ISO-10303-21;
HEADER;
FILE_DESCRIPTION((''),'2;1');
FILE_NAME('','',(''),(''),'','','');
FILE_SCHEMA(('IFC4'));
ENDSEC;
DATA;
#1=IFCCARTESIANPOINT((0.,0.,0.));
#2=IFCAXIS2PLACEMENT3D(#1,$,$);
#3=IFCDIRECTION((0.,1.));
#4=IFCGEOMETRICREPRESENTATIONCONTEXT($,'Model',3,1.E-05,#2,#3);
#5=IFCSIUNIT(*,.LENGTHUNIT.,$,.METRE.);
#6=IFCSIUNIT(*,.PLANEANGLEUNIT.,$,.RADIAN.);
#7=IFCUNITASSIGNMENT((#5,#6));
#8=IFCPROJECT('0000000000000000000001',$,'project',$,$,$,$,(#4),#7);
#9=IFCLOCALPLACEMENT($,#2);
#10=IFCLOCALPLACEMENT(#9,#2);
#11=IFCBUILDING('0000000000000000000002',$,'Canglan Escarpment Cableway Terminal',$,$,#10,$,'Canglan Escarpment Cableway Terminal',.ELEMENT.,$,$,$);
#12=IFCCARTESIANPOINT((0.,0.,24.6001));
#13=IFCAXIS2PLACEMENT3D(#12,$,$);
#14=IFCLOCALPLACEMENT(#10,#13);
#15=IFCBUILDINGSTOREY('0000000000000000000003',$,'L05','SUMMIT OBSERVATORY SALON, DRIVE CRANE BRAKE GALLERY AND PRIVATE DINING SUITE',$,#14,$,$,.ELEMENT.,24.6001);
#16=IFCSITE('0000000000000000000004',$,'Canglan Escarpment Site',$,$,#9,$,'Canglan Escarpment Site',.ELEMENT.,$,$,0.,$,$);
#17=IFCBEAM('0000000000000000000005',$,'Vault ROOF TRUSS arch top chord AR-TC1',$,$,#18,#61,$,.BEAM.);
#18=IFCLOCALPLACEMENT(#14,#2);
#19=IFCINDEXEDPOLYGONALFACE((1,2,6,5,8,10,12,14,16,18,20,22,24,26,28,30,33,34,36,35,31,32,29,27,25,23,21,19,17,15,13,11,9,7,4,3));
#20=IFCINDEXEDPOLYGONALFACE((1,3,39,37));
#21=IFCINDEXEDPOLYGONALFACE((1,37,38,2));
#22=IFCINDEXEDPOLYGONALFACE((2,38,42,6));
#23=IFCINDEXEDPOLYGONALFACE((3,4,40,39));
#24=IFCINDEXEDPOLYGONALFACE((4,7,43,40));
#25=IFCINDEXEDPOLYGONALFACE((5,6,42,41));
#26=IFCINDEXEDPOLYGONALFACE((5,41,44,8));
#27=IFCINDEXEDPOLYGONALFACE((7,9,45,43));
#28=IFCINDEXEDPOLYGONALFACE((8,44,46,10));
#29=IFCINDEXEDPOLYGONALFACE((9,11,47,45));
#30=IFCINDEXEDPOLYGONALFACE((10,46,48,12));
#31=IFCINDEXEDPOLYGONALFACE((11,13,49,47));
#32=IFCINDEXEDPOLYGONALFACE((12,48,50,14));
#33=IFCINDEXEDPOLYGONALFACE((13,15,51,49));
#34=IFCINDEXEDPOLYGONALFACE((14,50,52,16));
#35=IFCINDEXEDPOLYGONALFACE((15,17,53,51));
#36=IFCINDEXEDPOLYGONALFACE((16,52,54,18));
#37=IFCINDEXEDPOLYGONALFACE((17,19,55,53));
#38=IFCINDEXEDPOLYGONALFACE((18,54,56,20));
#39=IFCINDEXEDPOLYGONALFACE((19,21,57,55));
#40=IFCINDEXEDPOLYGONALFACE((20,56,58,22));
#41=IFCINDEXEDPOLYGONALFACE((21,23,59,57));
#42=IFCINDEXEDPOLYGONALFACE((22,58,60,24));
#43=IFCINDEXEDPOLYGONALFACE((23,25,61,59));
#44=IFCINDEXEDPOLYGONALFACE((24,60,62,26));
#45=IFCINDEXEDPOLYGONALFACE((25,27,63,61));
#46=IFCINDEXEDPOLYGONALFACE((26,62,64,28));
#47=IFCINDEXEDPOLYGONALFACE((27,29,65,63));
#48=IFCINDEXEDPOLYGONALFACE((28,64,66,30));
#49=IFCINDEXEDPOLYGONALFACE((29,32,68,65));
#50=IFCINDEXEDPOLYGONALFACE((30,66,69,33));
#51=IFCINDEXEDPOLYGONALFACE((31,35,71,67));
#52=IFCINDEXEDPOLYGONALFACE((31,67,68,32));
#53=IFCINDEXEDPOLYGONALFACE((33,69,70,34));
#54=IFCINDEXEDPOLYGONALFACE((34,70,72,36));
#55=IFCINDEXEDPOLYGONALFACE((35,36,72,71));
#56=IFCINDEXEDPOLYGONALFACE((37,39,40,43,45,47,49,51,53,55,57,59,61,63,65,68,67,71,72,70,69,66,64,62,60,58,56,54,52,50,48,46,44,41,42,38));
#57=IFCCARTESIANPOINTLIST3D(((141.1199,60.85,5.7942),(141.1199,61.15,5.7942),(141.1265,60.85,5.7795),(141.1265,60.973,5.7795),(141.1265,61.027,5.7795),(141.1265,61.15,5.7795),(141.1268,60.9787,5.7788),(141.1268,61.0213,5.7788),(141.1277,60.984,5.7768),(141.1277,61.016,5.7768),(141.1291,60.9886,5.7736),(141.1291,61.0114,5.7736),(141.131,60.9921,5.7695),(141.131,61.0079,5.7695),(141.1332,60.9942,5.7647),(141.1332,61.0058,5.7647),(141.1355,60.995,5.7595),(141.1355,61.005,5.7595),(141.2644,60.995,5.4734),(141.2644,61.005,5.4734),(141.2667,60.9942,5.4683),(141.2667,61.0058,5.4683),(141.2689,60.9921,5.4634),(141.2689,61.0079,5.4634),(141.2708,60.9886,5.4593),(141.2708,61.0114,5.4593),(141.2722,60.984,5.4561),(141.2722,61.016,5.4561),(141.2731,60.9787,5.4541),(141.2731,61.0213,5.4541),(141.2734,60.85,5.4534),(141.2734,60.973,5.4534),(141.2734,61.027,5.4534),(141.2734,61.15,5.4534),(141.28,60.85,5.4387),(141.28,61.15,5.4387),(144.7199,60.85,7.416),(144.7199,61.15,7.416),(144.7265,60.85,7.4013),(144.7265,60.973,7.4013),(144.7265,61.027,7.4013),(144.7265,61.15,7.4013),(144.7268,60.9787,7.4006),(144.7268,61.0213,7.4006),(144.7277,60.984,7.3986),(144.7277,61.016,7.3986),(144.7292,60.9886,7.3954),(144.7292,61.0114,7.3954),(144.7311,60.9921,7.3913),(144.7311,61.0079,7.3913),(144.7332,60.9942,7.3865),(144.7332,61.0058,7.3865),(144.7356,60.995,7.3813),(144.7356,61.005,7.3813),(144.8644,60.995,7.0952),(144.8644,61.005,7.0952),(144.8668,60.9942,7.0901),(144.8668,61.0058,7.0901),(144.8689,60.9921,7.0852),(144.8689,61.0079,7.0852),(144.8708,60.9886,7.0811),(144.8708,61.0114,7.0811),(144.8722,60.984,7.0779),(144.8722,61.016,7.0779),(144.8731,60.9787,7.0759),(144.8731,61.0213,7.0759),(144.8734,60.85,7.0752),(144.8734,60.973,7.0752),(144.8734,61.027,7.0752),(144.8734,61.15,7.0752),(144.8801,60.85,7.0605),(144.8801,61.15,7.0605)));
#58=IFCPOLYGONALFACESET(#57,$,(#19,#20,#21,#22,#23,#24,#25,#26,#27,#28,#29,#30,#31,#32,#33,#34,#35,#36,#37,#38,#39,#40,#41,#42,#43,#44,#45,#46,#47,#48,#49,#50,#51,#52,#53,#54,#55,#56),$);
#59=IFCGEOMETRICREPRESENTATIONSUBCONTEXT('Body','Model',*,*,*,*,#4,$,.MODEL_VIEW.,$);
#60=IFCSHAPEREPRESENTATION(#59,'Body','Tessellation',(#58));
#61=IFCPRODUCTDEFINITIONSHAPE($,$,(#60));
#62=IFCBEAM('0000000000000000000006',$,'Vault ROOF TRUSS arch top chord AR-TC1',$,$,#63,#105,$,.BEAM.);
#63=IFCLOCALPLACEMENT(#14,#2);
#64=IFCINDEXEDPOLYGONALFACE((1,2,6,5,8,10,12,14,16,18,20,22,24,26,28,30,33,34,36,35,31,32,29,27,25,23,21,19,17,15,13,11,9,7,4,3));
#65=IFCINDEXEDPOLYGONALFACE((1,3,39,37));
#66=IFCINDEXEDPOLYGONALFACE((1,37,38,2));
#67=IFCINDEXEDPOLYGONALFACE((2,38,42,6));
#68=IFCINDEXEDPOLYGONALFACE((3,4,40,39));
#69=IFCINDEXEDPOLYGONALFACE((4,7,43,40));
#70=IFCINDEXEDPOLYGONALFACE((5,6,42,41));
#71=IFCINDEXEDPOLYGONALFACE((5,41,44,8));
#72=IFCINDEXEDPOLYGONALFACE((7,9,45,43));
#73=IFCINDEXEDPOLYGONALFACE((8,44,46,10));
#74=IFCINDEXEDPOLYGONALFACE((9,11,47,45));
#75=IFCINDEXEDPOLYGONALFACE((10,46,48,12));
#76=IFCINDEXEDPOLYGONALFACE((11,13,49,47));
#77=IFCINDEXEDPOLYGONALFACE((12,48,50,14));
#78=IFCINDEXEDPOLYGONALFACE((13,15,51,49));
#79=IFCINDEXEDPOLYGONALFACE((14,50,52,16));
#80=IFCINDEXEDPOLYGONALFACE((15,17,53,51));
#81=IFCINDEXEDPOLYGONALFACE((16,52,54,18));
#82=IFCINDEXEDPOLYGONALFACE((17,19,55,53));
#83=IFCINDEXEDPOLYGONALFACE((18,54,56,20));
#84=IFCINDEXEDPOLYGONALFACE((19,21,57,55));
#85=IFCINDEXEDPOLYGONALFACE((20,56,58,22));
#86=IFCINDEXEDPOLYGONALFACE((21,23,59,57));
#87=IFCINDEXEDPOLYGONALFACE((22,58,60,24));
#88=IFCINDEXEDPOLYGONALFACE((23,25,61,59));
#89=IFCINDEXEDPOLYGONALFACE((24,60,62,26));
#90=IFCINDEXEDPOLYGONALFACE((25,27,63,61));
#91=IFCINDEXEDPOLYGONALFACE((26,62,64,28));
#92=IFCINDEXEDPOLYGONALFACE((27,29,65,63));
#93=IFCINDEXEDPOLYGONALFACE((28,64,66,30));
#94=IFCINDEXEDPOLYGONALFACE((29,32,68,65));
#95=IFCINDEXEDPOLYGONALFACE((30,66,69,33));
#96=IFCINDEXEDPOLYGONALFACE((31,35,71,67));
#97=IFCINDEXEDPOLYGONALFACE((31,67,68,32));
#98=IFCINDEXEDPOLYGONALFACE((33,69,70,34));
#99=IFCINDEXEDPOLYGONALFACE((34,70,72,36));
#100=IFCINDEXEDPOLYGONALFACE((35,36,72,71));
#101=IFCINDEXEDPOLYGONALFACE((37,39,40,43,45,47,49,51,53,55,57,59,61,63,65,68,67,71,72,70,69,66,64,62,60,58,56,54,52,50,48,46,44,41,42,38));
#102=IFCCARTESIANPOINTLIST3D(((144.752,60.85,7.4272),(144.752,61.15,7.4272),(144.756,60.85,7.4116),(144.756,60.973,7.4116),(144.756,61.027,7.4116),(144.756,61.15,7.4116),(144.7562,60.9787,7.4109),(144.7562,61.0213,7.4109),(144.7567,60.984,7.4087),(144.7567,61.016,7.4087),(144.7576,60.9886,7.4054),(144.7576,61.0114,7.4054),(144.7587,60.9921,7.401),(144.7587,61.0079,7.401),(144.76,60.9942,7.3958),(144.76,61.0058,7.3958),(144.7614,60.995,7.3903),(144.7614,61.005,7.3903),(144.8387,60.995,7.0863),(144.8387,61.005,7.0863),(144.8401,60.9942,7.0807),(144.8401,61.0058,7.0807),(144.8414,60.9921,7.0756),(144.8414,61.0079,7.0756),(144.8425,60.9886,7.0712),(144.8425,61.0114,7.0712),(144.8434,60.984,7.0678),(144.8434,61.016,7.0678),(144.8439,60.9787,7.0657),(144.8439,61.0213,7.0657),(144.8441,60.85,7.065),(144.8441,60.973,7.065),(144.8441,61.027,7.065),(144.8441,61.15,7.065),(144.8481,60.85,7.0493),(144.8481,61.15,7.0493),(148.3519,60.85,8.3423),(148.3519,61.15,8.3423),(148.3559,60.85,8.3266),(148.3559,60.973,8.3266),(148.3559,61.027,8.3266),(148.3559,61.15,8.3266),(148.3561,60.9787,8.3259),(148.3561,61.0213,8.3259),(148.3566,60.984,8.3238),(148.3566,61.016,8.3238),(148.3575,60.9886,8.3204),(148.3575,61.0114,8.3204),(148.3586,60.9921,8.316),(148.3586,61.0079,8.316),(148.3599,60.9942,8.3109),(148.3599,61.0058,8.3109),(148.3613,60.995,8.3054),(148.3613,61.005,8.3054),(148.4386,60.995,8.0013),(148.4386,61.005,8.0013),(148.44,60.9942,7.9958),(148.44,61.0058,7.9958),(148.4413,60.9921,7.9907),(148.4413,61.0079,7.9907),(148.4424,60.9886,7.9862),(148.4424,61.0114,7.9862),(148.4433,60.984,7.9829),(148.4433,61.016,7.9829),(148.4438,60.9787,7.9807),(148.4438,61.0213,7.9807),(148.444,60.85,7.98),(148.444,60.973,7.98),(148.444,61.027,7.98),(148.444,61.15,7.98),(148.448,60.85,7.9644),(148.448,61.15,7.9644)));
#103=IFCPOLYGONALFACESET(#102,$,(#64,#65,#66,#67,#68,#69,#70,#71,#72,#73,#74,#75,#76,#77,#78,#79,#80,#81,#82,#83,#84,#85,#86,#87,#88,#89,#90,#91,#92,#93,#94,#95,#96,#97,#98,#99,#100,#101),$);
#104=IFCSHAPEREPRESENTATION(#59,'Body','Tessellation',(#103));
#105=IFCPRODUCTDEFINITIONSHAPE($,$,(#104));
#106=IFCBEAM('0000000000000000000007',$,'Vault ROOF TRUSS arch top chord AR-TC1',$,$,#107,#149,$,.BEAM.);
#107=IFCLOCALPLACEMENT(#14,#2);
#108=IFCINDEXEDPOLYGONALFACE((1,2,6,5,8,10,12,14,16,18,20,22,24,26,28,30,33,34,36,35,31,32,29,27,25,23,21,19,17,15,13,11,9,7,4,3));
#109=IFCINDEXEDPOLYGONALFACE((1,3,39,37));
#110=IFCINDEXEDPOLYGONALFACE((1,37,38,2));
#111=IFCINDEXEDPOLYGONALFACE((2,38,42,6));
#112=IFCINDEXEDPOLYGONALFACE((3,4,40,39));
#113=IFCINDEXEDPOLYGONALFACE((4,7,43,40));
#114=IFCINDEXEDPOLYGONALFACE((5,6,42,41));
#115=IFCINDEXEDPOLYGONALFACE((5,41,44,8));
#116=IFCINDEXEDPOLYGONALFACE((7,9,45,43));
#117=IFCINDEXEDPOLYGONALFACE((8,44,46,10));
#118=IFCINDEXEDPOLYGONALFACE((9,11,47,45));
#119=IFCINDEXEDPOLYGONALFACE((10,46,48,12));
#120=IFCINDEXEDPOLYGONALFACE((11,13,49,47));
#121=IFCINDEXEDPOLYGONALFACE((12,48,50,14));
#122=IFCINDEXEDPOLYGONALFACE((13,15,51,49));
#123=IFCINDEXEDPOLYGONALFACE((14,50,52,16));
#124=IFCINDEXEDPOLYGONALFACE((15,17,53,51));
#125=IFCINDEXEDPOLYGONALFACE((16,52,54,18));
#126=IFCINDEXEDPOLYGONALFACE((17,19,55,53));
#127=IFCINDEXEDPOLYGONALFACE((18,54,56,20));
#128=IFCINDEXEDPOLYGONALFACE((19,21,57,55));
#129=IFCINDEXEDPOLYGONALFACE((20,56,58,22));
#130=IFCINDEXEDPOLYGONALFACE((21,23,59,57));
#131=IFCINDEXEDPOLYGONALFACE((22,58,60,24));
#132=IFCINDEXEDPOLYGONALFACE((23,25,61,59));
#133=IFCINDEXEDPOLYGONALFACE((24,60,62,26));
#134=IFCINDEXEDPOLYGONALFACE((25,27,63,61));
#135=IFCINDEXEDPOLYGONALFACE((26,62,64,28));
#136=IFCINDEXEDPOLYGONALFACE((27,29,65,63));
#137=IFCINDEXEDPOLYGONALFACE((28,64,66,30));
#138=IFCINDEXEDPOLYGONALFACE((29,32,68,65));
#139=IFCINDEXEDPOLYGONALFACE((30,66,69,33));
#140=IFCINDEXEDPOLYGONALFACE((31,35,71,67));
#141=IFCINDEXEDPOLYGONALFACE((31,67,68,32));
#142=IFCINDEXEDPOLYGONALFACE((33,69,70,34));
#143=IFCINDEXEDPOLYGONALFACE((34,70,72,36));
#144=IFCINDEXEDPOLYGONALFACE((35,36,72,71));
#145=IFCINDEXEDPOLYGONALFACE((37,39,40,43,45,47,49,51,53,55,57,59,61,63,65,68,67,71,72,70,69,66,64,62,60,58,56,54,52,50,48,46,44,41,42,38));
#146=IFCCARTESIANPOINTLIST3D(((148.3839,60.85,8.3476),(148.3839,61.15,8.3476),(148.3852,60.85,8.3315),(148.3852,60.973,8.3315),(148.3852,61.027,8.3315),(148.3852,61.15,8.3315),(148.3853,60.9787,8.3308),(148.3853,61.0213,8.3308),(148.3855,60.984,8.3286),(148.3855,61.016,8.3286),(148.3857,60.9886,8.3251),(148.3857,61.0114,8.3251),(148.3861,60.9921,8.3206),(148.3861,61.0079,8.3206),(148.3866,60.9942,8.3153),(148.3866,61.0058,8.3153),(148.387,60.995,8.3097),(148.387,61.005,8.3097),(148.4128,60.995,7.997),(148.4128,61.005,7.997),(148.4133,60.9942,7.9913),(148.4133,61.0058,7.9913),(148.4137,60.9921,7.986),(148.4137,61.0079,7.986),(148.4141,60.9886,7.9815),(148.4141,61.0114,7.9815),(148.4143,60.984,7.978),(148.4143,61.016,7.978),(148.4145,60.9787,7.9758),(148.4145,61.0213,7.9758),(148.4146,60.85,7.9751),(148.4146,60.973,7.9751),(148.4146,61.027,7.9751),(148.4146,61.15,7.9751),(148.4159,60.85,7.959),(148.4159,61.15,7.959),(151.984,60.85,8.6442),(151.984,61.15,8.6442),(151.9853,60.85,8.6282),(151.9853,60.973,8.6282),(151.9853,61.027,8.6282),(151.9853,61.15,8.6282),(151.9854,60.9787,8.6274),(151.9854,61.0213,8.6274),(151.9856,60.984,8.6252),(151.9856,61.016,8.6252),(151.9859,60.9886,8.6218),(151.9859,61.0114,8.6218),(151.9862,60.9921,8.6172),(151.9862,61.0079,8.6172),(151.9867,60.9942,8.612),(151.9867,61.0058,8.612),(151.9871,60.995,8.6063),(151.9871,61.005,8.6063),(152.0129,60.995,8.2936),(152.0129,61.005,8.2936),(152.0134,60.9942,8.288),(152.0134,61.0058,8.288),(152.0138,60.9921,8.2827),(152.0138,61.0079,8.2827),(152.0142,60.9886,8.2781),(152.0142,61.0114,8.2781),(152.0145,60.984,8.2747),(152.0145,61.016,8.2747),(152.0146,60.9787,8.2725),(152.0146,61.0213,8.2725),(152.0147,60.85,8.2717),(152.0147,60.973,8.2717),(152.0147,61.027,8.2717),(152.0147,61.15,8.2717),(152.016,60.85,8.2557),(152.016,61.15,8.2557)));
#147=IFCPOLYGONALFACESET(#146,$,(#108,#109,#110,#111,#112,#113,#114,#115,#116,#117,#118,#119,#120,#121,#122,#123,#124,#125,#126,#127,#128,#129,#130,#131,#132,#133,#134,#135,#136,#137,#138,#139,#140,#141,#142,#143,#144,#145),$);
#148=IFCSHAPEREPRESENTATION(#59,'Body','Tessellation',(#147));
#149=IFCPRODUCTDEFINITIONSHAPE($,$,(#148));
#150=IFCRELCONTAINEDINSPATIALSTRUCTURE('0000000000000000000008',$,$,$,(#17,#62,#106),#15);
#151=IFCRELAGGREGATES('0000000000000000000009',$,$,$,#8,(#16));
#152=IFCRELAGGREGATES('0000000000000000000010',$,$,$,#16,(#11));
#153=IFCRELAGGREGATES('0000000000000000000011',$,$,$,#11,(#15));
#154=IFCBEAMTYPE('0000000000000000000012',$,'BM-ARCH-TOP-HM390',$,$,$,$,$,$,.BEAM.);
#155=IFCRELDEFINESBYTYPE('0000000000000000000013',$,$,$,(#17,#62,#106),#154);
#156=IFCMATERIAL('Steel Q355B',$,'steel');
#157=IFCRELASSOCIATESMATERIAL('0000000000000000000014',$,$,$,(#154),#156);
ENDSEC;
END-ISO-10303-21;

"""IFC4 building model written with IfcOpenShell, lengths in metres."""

from ifc_helpers import new_model, si_unit, direction, frame, origin, origin_2d, place, context, subcontext, project, spatial, i_section, extrude, material, material_profile, profile_set, type_object, element, save


model = new_model("IFC4")

# Units and contexts
model_context = context("Model", 3, precision=1e-05, world=origin(), true_north=direction((0.0, 1.0)))
body_context = subcontext(model_context, "Body", "Model", "MODEL_VIEW")
ifc_project = project(units=[si_unit("LENGTHUNIT", "METRE"), si_unit("PLANEANGLEUNIT", "RADIAN")], contexts=[model_context])

# Site, building, storey
site_placement = place(None, origin())
site = spatial("IfcSite", under=ifc_project, at=site_placement, Name="Canglan Escarpment Site", LongName="Canglan Escarpment Site", CompositionType="ELEMENT", RefElevation=0.0)
building_placement = place(site_placement, origin())
building = spatial("IfcBuilding", under=site, at=building_placement, Name="Canglan Escarpment Cableway Terminal", LongName="Canglan Escarpment Cableway Terminal", CompositionType="ELEMENT")
storey_placement = place(building_placement, frame((0.0, 0.0, 24.6001)))
storey = spatial("IfcBuildingStorey", under=building, at=storey_placement, Name="L05", Description="SUMMIT OBSERVATORY SALON, DRIVE CRANE BRAKE GALLERY AND PRIVATE DINING SUITE", CompositionType="ELEMENT", Elevation=24.6001)

# Beams
ifc_material_1 = material(Name="Steel Q355B", Category="steel")
ifc_material_profile_1 = material_profile(ifc_material_1, i_section(OverallWidth=0.3, OverallDepth=0.3899, WebThickness=0.01, FlangeThickness=0.0161, FilletRadius=0.022, at=origin_2d()), Name="HM 390x300x10x16")
ifc_profile_set_1 = profile_set([ifc_material_profile_1], Name="Steel Q355B")
beam_type = type_object("IfcBeamType", Name="BM-ARCH-TOP-HM390", PredefinedType="BEAM", material=ifc_profile_set_1)
beam_1_placement = place(storey_placement, frame((141.2, 61.0, 5.6165), z_axis=(0.911753, 0.0, 0.41074), x_axis=(0.0, 1.0, 0.0)))
element("IfcBeam", 1, at=beam_1_placement, inside=storey, type_object=beam_type, Name="Vault ROOF TRUSS arch top chord AR-TC1", PredefinedType="BEAM", context=body_context, shape_type="SweptSolid", body=[
    extrude(i_section(OverallWidth=0.3, OverallDepth=0.3899, WebThickness=0.01, FlangeThickness=0.0161, FilletRadius=0.022, at=origin_2d()), origin(), (0.0, 0.0, 1.0), 3.9485),
])
beam_2_placement = place(storey_placement, frame((144.8, 61.0, 7.2383), z_axis=(0.96918, 0.0, 0.246354), x_axis=(0.0, 1.0, 0.0)))
element("IfcBeam", 2, at=beam_2_placement, inside=storey, type_object=beam_type, Name="Vault ROOF TRUSS arch top chord AR-TC1", PredefinedType="BEAM", context=body_context, shape_type="SweptSolid", body=[
    extrude(i_section(OverallWidth=0.3, OverallDepth=0.3899, WebThickness=0.01, FlangeThickness=0.0161, FilletRadius=0.022, at=origin_2d()), origin(), (0.0, 0.0, 1.0), 3.7144),
])
beam_3_placement = place(storey_placement, frame((148.3999, 61.0, 8.1533), z_axis=(0.996623, 0.0, 0.082117), x_axis=(0.0, 1.0, 0.0)))
element("IfcBeam", 3, at=beam_3_placement, inside=storey, type_object=beam_type, Name="Vault ROOF TRUSS arch top chord AR-TC1", PredefinedType="BEAM", context=body_context, shape_type="SweptSolid", body=[
    extrude(i_section(OverallWidth=0.3, OverallDepth=0.3899, WebThickness=0.01, FlangeThickness=0.0161, FilletRadius=0.022, at=origin_2d()), origin(), (0.0, 0.0, 1.0), 3.6123),
])

save(model, "model.ifc")
